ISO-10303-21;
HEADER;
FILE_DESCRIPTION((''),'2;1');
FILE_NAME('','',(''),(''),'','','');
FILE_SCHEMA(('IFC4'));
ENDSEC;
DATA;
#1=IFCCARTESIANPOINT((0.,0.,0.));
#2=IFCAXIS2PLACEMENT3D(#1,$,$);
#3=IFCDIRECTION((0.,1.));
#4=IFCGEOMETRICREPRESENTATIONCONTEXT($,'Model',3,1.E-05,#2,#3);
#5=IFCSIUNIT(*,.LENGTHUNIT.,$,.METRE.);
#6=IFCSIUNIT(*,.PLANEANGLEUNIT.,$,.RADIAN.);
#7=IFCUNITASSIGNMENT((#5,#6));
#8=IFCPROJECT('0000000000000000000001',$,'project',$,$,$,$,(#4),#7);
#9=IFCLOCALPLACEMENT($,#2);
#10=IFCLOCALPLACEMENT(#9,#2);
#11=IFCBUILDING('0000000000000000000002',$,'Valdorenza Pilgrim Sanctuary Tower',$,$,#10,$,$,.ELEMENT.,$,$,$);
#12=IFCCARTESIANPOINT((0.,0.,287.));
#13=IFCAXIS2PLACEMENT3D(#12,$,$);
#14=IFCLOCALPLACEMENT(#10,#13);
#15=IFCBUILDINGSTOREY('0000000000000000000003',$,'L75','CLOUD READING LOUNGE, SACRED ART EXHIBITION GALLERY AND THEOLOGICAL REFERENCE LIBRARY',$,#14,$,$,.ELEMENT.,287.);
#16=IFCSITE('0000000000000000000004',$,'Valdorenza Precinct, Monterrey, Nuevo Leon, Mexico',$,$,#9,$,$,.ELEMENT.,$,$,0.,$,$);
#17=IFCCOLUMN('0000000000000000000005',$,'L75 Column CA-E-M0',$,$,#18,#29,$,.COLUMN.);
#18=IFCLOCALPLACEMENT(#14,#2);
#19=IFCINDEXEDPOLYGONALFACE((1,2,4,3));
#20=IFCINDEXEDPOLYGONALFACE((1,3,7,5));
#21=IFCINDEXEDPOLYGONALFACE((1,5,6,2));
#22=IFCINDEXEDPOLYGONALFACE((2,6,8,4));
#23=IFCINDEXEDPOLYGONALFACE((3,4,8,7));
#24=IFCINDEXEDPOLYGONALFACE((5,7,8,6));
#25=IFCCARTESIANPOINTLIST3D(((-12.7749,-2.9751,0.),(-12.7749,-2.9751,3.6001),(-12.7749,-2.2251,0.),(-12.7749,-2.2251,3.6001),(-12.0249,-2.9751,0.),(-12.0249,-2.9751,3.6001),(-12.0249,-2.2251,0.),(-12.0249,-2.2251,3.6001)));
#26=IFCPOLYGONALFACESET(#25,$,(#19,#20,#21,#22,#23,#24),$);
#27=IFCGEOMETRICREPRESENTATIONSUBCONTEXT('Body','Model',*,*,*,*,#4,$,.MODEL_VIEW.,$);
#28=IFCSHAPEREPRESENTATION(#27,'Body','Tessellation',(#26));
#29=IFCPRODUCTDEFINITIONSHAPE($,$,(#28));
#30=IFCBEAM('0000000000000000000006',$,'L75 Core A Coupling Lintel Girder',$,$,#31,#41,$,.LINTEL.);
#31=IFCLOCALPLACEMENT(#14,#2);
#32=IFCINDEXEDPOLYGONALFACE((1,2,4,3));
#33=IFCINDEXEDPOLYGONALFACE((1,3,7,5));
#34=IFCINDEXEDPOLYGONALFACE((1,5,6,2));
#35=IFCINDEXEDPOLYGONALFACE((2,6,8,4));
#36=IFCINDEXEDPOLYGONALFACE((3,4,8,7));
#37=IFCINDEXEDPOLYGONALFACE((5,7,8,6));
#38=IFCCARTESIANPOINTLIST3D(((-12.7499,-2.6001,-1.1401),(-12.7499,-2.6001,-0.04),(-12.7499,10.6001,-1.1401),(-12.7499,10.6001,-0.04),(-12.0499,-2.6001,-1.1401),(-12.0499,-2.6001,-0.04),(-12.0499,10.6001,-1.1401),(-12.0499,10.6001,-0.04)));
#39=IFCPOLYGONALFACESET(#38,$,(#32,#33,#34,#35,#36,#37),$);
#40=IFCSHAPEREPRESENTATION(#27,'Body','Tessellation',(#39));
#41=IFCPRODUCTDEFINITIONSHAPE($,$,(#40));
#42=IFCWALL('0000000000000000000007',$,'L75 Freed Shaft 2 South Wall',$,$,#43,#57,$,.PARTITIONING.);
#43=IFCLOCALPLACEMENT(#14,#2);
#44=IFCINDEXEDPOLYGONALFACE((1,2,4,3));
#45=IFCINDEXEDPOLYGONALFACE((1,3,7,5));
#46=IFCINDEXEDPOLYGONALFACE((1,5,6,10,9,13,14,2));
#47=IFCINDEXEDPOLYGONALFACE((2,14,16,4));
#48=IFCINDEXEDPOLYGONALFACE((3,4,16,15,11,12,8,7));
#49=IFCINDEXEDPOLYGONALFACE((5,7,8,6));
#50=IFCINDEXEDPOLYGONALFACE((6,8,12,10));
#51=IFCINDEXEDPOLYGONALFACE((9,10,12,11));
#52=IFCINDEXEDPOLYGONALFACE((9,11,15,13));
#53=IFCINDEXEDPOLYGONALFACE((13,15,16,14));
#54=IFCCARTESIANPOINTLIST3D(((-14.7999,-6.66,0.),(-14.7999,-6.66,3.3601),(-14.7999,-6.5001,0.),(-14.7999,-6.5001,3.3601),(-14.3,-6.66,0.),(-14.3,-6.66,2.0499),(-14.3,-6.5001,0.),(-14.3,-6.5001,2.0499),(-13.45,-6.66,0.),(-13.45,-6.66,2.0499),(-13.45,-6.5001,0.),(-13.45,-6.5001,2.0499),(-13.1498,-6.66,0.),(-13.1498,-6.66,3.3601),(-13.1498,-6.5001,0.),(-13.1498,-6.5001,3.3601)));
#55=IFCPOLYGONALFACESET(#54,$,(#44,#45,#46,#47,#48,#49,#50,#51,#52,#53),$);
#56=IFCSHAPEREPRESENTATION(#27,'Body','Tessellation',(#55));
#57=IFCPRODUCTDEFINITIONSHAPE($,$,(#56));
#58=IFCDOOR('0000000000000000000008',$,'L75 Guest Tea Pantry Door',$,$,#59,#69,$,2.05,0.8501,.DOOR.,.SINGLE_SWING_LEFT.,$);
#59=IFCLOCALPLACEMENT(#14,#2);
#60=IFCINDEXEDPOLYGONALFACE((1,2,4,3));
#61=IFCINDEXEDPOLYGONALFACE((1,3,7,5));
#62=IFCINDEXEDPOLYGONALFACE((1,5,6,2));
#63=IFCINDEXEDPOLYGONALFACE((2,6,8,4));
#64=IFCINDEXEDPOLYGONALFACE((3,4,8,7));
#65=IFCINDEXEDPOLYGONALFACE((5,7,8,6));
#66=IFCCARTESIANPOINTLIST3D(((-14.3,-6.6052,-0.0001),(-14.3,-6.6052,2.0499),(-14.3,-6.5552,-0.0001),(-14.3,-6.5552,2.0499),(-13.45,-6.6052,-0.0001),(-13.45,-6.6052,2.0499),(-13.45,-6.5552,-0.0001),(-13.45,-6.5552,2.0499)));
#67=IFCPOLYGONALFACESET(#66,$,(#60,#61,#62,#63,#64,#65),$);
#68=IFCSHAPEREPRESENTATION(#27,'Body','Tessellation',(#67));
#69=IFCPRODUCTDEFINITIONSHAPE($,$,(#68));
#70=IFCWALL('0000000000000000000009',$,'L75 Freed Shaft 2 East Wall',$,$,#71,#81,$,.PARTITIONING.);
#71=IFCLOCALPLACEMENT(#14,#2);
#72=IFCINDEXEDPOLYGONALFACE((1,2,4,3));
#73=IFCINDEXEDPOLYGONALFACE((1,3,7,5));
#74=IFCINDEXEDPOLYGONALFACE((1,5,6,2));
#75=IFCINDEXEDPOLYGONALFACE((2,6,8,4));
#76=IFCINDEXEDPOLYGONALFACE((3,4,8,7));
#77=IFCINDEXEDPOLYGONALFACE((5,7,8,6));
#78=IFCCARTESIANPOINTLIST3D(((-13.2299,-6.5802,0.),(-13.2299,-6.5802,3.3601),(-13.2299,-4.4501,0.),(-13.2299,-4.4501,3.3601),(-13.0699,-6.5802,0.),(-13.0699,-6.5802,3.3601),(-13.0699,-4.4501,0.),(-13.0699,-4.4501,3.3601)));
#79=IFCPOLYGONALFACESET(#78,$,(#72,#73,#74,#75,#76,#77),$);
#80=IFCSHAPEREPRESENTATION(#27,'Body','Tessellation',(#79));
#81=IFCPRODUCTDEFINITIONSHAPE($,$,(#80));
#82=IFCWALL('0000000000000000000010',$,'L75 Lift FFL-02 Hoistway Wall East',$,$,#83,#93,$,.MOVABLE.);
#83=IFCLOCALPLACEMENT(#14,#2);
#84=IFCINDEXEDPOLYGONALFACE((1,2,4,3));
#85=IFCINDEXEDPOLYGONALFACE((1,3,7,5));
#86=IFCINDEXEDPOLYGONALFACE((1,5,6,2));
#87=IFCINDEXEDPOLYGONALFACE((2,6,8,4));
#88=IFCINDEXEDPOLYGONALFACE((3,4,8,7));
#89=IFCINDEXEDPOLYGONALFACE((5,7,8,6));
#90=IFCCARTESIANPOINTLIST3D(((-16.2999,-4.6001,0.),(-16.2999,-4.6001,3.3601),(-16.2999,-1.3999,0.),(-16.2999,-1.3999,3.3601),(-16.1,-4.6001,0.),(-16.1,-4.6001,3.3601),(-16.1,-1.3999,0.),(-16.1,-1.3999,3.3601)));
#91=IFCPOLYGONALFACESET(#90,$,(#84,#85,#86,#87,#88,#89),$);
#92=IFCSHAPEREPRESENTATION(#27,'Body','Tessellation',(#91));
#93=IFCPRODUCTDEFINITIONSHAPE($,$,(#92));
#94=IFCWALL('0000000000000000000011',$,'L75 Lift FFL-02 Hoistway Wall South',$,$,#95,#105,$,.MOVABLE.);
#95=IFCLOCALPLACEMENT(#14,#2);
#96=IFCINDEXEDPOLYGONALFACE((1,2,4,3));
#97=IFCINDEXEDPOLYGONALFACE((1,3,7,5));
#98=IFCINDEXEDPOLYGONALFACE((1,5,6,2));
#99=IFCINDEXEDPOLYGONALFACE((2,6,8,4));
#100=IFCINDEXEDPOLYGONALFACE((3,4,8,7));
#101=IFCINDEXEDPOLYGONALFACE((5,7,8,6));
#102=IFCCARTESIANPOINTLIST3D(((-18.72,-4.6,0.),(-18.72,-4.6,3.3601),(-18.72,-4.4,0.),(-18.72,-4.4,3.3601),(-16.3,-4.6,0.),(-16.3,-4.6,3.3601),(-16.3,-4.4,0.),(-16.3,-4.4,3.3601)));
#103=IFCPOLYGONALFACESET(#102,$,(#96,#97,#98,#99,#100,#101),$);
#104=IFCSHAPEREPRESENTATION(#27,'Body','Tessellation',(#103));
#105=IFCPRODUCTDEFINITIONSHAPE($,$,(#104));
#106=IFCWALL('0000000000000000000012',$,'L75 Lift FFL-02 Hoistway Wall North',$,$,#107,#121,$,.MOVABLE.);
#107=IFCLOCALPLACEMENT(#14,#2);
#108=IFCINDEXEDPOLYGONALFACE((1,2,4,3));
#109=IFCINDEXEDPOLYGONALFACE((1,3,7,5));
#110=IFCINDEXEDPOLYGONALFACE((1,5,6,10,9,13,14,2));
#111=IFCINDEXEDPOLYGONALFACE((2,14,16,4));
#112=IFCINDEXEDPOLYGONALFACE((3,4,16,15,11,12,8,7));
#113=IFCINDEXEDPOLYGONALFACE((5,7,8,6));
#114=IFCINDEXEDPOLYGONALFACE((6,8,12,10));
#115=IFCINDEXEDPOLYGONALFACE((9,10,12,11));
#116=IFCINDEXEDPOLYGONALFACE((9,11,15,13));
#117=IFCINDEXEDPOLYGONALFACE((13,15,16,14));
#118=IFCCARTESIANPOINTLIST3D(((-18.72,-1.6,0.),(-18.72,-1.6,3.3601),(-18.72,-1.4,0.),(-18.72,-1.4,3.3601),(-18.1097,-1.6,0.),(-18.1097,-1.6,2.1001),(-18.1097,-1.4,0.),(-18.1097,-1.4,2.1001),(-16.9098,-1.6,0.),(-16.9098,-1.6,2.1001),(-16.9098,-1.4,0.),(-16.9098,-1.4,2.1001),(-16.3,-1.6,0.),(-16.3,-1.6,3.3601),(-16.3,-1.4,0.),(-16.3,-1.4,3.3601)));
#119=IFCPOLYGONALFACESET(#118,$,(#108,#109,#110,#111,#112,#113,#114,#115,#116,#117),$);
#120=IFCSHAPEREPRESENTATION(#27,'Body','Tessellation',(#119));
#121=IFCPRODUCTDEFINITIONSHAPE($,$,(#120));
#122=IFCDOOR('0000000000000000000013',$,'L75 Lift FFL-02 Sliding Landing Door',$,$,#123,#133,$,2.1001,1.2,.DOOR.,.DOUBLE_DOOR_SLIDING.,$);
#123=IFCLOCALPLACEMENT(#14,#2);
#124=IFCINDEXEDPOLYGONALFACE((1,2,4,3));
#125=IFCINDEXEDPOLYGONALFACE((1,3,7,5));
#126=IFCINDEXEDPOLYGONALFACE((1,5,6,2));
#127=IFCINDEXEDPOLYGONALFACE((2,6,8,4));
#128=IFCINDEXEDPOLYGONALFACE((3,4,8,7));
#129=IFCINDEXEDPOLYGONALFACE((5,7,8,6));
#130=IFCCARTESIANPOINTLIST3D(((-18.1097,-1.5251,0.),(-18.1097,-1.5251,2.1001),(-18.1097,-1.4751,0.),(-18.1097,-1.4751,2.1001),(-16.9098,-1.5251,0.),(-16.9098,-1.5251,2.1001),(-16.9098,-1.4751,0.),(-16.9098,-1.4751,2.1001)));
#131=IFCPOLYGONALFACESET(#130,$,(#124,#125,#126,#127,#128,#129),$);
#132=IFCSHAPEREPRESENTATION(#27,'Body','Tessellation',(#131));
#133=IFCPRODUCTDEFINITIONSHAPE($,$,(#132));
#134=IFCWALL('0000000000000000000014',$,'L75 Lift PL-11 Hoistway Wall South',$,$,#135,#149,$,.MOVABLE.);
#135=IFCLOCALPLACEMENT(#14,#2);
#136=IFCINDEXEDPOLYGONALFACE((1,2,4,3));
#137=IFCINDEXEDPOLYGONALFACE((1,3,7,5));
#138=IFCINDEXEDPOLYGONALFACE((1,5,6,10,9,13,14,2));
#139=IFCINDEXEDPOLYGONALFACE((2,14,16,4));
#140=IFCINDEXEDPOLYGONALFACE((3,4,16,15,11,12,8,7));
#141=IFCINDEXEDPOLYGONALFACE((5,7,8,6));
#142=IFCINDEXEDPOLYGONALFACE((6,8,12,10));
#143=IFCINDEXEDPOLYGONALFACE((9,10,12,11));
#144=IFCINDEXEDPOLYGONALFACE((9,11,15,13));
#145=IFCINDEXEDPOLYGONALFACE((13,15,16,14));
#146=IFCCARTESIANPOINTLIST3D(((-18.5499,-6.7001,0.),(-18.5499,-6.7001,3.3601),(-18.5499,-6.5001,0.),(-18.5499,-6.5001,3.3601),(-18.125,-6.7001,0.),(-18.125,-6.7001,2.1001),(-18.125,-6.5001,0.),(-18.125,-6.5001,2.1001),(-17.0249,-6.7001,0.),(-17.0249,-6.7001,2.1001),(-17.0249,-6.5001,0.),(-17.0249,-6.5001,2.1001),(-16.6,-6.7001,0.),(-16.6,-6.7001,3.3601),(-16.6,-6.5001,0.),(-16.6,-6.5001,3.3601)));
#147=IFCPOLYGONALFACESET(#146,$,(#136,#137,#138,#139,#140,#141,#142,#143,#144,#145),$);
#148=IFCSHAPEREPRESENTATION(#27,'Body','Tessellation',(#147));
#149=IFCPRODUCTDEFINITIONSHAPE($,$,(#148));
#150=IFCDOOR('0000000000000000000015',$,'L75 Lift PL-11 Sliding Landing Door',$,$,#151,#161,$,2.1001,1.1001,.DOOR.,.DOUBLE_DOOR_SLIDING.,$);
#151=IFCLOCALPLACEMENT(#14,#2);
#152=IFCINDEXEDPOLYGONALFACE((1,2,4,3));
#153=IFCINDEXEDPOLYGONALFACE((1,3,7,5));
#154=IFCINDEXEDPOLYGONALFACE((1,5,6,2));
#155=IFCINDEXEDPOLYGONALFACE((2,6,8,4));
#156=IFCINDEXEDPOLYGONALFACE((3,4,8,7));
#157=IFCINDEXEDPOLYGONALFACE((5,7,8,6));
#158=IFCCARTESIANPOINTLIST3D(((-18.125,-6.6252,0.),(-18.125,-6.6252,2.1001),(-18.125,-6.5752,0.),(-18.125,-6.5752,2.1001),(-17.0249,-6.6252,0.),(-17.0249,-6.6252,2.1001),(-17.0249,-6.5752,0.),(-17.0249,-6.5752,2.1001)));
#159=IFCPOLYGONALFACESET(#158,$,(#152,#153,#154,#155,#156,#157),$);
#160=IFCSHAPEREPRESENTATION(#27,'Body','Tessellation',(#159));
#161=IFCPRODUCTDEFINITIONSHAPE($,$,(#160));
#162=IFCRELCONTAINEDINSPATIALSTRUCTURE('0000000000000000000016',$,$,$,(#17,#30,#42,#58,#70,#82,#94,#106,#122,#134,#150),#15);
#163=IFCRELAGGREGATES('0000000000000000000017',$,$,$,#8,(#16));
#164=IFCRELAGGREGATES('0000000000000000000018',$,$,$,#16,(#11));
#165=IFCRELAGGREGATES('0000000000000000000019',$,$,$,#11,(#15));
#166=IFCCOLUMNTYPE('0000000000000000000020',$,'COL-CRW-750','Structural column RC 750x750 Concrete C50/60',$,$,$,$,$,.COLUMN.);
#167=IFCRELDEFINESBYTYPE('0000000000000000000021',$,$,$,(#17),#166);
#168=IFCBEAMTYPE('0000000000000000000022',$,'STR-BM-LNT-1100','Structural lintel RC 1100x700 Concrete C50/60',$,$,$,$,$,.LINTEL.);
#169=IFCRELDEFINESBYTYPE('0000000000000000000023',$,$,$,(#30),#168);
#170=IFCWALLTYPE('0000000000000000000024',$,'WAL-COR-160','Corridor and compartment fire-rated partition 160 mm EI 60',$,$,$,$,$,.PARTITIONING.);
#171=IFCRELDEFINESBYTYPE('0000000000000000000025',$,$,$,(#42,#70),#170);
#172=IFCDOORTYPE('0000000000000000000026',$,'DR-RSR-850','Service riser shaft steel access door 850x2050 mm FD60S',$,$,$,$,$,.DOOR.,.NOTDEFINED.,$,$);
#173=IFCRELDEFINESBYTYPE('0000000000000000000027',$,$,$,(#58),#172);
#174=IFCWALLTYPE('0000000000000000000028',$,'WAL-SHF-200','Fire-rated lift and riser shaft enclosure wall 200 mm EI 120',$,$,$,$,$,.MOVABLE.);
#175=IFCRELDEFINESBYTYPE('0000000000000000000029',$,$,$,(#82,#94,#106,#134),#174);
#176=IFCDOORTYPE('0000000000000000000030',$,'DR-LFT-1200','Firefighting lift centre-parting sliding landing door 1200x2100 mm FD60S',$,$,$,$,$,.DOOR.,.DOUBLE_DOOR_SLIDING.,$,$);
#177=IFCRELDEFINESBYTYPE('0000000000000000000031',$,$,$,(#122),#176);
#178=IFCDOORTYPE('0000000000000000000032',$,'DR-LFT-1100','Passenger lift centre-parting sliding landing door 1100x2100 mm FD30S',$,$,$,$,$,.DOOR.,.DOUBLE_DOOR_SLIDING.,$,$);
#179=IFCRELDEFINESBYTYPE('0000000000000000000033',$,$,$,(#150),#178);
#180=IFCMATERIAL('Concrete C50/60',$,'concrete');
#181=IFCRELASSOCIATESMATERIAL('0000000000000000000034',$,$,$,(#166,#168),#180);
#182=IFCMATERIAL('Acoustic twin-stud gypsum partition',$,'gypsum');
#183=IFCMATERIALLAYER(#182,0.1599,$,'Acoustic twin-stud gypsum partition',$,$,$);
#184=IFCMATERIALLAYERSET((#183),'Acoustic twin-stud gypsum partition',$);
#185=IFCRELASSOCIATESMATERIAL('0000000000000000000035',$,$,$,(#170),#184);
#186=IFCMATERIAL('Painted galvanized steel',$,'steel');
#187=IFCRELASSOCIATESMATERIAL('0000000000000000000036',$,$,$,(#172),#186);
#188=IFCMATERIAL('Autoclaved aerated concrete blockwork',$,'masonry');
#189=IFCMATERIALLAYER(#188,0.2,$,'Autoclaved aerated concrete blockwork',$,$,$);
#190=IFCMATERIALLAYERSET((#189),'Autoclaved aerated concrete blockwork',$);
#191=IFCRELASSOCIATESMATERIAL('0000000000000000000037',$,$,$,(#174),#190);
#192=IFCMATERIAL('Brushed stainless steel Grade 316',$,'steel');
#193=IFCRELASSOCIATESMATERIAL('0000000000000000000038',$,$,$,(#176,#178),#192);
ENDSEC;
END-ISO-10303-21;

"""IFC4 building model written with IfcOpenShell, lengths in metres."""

from ifc_helpers import new_model, si_unit, direction, frame, frame_2d, origin, origin_2d, place, context, subcontext, project, spatial, rectangle, extrude, source, transform, mapped, material, layer, layer_set, material_profile, profile_set, type_object, element, fill, save


model = new_model("IFC4")

# Units and contexts
model_context = context("Model", 3, precision=1e-05, world=origin(), true_north=direction((0.0, 1.0)))
body_context = subcontext(model_context, "Body", "Model", "MODEL_VIEW")
ifc_project = project(units=[si_unit("LENGTHUNIT", "METRE"), si_unit("PLANEANGLEUNIT", "RADIAN")], contexts=[model_context])

# Site, building, storey
site_placement = place(None, origin())
site = spatial("IfcSite", under=ifc_project, at=site_placement, Name="Valdorenza Precinct, Monterrey, Nuevo Leon, Mexico", CompositionType="ELEMENT", RefElevation=0.0)
building_placement = place(site_placement, origin())
building = spatial("IfcBuilding", under=site, at=building_placement, Name="Valdorenza Pilgrim Sanctuary Tower", CompositionType="ELEMENT")
storey_placement = place(building_placement, frame((0.0, 0.0, 287.0)))
storey = spatial("IfcBuildingStorey", under=building, at=storey_placement, Name="L75", Description="CLOUD READING LOUNGE, SACRED ART EXHIBITION GALLERY AND THEOLOGICAL REFERENCE LIBRARY", CompositionType="ELEMENT", Elevation=287.0)

# Column
ifc_material_1 = material(Name="Concrete C50/60", Category="concrete")
ifc_material_profile_1 = material_profile(ifc_material_1, rectangle(XDim=0.75, YDim=0.75, at=origin_2d()), Name="RC 750x750")
ifc_profile_set_1 = profile_set([ifc_material_profile_1], Name="Concrete C50/60")
column_type = type_object("IfcColumnType", Name="COL-CRW-750", Description="Structural column RC 750x750 Concrete C50/60", PredefinedType="COLUMN", material=ifc_profile_set_1)
shared_shape_1 = source(origin(), body_context, "Body", "SweptSolid", [
    extrude(rectangle(XDim=0.75, YDim=0.75, at=origin_2d()), origin(), (0.0, 0.0, 1.0), 3.6001),
])
column_placement = place(storey_placement, frame((-12.3999, -2.6001, 0.0), z_axis=(0.0, 0.0, 1.0), x_axis=(1.0, 0.0, 0.0)))
element("IfcColumn", 1, at=column_placement, inside=storey, type_object=column_type, Name="L75 Column CA-E-M0", PredefinedType="COLUMN", context=body_context, shape_type="MappedRepresentation", body=[
    mapped(shared_shape_1, transform((0.0, 0.0, 0.0), x_axis=(1.0, 0.0, 0.0), y_axis=(0.0, 1.0, 0.0), z_axis=(0.0, 0.0, 1.0), scale=1.0)),
])

# Beam
ifc_material_profile_2 = material_profile(ifc_material_1, rectangle(XDim=0.7, YDim=1.1001, at=origin_2d()), Name="RC 1100x700")
ifc_profile_set_2 = profile_set([ifc_material_profile_2], Name="Concrete C50/60")
beam_type = type_object("IfcBeamType", Name="STR-BM-LNT-1100", Description="Structural lintel RC 1100x700 Concrete C50/60", PredefinedType="LINTEL", material=ifc_profile_set_2)
shared_shape_2 = source(origin(), body_context, "Body", "SweptSolid", [
    extrude(rectangle(XDim=0.7, YDim=1.1001, at=origin_2d()), origin(), (0.0, 0.0, 1.0), 13.2002),
])
beam_placement = place(storey_placement, frame((-12.3999, -2.6001, -0.5901), z_axis=(0.0, 1.0, 0.0), x_axis=(-1.0, 0.0, 0.0)))
element("IfcBeam", 2, at=beam_placement, inside=storey, type_object=beam_type, Name="L75 Core A Coupling Lintel Girder", PredefinedType="LINTEL", context=body_context, shape_type="MappedRepresentation", body=[
    mapped(shared_shape_2, transform((0.0, 0.0, 0.0), x_axis=(1.0, 0.0, 0.0), y_axis=(0.0, 1.0, 0.0), z_axis=(0.0, 0.0, 1.0), scale=1.0)),
])

# Wall, opening, door
ifc_material_2 = material(Name="Acoustic twin-stud gypsum partition", Category="gypsum")
ifc_layer_1 = layer(ifc_material_2, 0.1599, Name="Acoustic twin-stud gypsum partition")
ifc_layer_set_1 = layer_set([ifc_layer_1], Name="Acoustic twin-stud gypsum partition")
wall_type_1 = type_object("IfcWallType", Name="WAL-COR-160", Description="Corridor and compartment fire-rated partition 160 mm EI 60", PredefinedType="PARTITIONING", material=ifc_layer_set_1)
wall_1_placement = place(storey_placement, frame((-14.8, -6.5801, 0.0), z_axis=(0.0, 0.0, 1.0), x_axis=(1.0, 0.0, 0.0)))
wall_1 = element("IfcWall", 3, at=wall_1_placement, inside=storey, type_object=wall_type_1, Name="L75 Freed Shaft 2 South Wall", PredefinedType="PARTITIONING", context=body_context, shape_type="SweptSolid", body=[
    extrude(rectangle(XDim=1.6501, YDim=0.1599, at=frame_2d((0.8252, 0.0))), origin(), (0.0, 0.0, 1.0), 3.3601),
])
opening_1_placement = place(wall_1_placement, frame((0.5, 0.0, 0.0)))
opening_1 = element("IfcOpeningElement", 4, at=opening_1_placement, cuts=wall_1, PredefinedType="OPENING", context=body_context, shape_type="SweptSolid", body=[
    extrude(rectangle(XDim=0.8501, YDim=2.05, at=frame_2d((0.425, 1.0249))), frame((0.0, 0.0947, 0.0), z_axis=(0.0, -1.0, 0.0), x_axis=(1.0, 0.0, 0.0)), (0.0, 0.0, 1.0), 0.1897),
])
ifc_material_3 = material(Name="Painted galvanized steel", Category="steel")
door_type_1 = type_object("IfcDoorType", Name="DR-RSR-850", Description="Service riser shaft steel access door 850x2050 mm FD60S", OperationType="NOTDEFINED", PredefinedType="DOOR", material=ifc_material_3)
door_1_placement = place(opening_1_placement, origin())
door_1 = element("IfcDoor", 5, at=door_1_placement, inside=storey, type_object=door_type_1, Name="L75 Guest Tea Pantry Door", OperationType="SINGLE_SWING_LEFT", OverallHeight=2.05, OverallWidth=0.8501, PredefinedType="DOOR", context=body_context, shape_type="SweptSolid", body=[
    extrude(rectangle(XDim=0.8501, YDim=2.05, at=frame_2d((0.425, 1.0249))), frame((0.0, 0.0249, 0.0), z_axis=(0.0, -1.0, 0.0), x_axis=(1.0, 0.0, 0.0)), (0.0, 0.0, 1.0), 0.05),
])
fill(opening_1, door_1)

# Wall
wall_2_placement = place(storey_placement, frame((-13.1499, -6.5801, 0.0), z_axis=(0.0, 0.0, 1.0), x_axis=(0.0, 1.0, 0.0)))
element("IfcWall", 6, at=wall_2_placement, inside=storey, type_object=wall_type_1, Name="L75 Freed Shaft 2 East Wall", PredefinedType="PARTITIONING", context=body_context, shape_type="SweptSolid", body=[
    extrude(rectangle(XDim=2.1301, YDim=0.1599, at=frame_2d((1.0649, 0.0))), origin(), (0.0, 0.0, 1.0), 3.3601),
])

# Walls
ifc_material_4 = material(Name="Autoclaved aerated concrete blockwork", Category="masonry")
ifc_layer_2 = layer(ifc_material_4, 0.2, Name="Autoclaved aerated concrete blockwork")
ifc_layer_set_2 = layer_set([ifc_layer_2], Name="Autoclaved aerated concrete blockwork")
wall_type_2 = type_object("IfcWallType", Name="WAL-SHF-200", Description="Fire-rated lift and riser shaft enclosure wall 200 mm EI 120", PredefinedType="MOVABLE", material=ifc_layer_set_2)
wall_3_placement = place(storey_placement, frame((-16.2, -4.6001, 0.0), z_axis=(0.0, 0.0, 1.0), x_axis=(0.0, 1.0, 0.0)))
element("IfcWall", 7, at=wall_3_placement, inside=storey, type_object=wall_type_2, Name="L75 Lift FFL-02 Hoistway Wall East", PredefinedType="MOVABLE", context=body_context, shape_type="SweptSolid", body=[
    extrude(rectangle(XDim=3.2002, YDim=0.2, at=frame_2d((1.6001, 0.0))), origin(), (0.0, 0.0, 1.0), 3.3601),
])
wall_4_placement = place(storey_placement, frame((-18.72, -4.5, 0.0), z_axis=(0.0, 0.0, 1.0), x_axis=(1.0, 0.0, 0.0)))
element("IfcWall", 8, at=wall_4_placement, inside=storey, type_object=wall_type_2, Name="L75 Lift FFL-02 Hoistway Wall South", PredefinedType="MOVABLE", context=body_context, shape_type="SweptSolid", body=[
    extrude(rectangle(XDim=2.4199, YDim=0.2, at=frame_2d((1.21, 0.0))), origin(), (0.0, 0.0, 1.0), 3.3601),
])

# Walls, openings, doors
wall_5_placement = place(storey_placement, frame((-18.72, -1.5, 0.0), z_axis=(0.0, 0.0, 1.0), x_axis=(1.0, 0.0, 0.0)))
wall_5 = element("IfcWall", 9, at=wall_5_placement, inside=storey, type_object=wall_type_2, Name="L75 Lift FFL-02 Hoistway Wall North", PredefinedType="MOVABLE", context=body_context, shape_type="SweptSolid", body=[
    extrude(rectangle(XDim=2.4199, YDim=0.2, at=frame_2d((1.21, 0.0))), origin(), (0.0, 0.0, 1.0), 3.3601),
])
opening_2_placement = place(wall_5_placement, frame((0.6101, 0.0, 0.0)))
opening_2 = element("IfcOpeningElement", 10, at=opening_2_placement, cuts=wall_5, PredefinedType="OPENING", context=body_context, shape_type="SweptSolid", body=[
    extrude(rectangle(XDim=1.2, YDim=2.1001, at=frame_2d((0.6001, 1.05))), frame((0.0, 0.1147, 0.0), z_axis=(0.0, -1.0, 0.0), x_axis=(1.0, 0.0, 0.0)), (0.0, 0.0, 1.0), 0.2297),
])
ifc_material_5 = material(Name="Brushed stainless steel Grade 316", Category="steel")
door_type_2 = type_object("IfcDoorType", Name="DR-LFT-1200", Description="Firefighting lift centre-parting sliding landing door 1200x2100 mm FD60S", OperationType="DOUBLE_DOOR_SLIDING", PredefinedType="DOOR", material=ifc_material_5)
door_2_placement = place(opening_2_placement, origin())
door_2 = element("IfcDoor", 11, at=door_2_placement, inside=storey, type_object=door_type_2, Name="L75 Lift FFL-02 Sliding Landing Door", OperationType="DOUBLE_DOOR_SLIDING", OverallHeight=2.1001, OverallWidth=1.2, PredefinedType="DOOR", context=body_context, shape_type="SweptSolid", body=[
    extrude(rectangle(XDim=1.2, YDim=2.1001, at=frame_2d((0.6001, 1.05))), frame((0.0, 0.0249, 0.0), z_axis=(0.0, -1.0, 0.0), x_axis=(1.0, 0.0, 0.0)), (0.0, 0.0, 1.0), 0.05),
])
fill(opening_2, door_2)
wall_6_placement = place(storey_placement, frame((-18.55, -6.6001, 0.0), z_axis=(0.0, 0.0, 1.0), x_axis=(1.0, 0.0, 0.0)))
wall_6 = element("IfcWall", 12, at=wall_6_placement, inside=storey, type_object=wall_type_2, Name="L75 Lift PL-11 Hoistway Wall South", PredefinedType="MOVABLE", context=body_context, shape_type="SweptSolid", body=[
    extrude(rectangle(XDim=1.95, YDim=0.2, at=frame_2d((0.9751, 0.0))), origin(), (0.0, 0.0, 1.0), 3.3601),
])
opening_3_placement = place(wall_6_placement, frame((0.425, 0.0, 0.0)))
opening_3 = element("IfcOpeningElement", 13, at=opening_3_placement, cuts=wall_6, PredefinedType="OPENING", context=body_context, shape_type="SweptSolid", body=[
    extrude(rectangle(XDim=1.1001, YDim=2.1001, at=frame_2d((0.55, 1.05))), frame((0.0, 0.1147, 0.0), z_axis=(0.0, -1.0, 0.0), x_axis=(1.0, 0.0, 0.0)), (0.0, 0.0, 1.0), 0.2297),
])
door_type_3 = type_object("IfcDoorType", Name="DR-LFT-1100", Description="Passenger lift centre-parting sliding landing door 1100x2100 mm FD30S", OperationType="DOUBLE_DOOR_SLIDING", PredefinedType="DOOR", material=ifc_material_5)
door_3_placement = place(opening_3_placement, origin())
door_3 = element("IfcDoor", 14, at=door_3_placement, inside=storey, type_object=door_type_3, Name="L75 Lift PL-11 Sliding Landing Door", OperationType="DOUBLE_DOOR_SLIDING", OverallHeight=2.1001, OverallWidth=1.1001, PredefinedType="DOOR", context=body_context, shape_type="SweptSolid", body=[
    extrude(rectangle(XDim=1.1001, YDim=2.1001, at=frame_2d((0.55, 1.05))), frame((0.0, 0.0249, 0.0), z_axis=(0.0, -1.0, 0.0), x_axis=(1.0, 0.0, 0.0)), (0.0, 0.0, 1.0), 0.05),
])
fill(opening_3, door_3)

save(model, "model.ifc")
